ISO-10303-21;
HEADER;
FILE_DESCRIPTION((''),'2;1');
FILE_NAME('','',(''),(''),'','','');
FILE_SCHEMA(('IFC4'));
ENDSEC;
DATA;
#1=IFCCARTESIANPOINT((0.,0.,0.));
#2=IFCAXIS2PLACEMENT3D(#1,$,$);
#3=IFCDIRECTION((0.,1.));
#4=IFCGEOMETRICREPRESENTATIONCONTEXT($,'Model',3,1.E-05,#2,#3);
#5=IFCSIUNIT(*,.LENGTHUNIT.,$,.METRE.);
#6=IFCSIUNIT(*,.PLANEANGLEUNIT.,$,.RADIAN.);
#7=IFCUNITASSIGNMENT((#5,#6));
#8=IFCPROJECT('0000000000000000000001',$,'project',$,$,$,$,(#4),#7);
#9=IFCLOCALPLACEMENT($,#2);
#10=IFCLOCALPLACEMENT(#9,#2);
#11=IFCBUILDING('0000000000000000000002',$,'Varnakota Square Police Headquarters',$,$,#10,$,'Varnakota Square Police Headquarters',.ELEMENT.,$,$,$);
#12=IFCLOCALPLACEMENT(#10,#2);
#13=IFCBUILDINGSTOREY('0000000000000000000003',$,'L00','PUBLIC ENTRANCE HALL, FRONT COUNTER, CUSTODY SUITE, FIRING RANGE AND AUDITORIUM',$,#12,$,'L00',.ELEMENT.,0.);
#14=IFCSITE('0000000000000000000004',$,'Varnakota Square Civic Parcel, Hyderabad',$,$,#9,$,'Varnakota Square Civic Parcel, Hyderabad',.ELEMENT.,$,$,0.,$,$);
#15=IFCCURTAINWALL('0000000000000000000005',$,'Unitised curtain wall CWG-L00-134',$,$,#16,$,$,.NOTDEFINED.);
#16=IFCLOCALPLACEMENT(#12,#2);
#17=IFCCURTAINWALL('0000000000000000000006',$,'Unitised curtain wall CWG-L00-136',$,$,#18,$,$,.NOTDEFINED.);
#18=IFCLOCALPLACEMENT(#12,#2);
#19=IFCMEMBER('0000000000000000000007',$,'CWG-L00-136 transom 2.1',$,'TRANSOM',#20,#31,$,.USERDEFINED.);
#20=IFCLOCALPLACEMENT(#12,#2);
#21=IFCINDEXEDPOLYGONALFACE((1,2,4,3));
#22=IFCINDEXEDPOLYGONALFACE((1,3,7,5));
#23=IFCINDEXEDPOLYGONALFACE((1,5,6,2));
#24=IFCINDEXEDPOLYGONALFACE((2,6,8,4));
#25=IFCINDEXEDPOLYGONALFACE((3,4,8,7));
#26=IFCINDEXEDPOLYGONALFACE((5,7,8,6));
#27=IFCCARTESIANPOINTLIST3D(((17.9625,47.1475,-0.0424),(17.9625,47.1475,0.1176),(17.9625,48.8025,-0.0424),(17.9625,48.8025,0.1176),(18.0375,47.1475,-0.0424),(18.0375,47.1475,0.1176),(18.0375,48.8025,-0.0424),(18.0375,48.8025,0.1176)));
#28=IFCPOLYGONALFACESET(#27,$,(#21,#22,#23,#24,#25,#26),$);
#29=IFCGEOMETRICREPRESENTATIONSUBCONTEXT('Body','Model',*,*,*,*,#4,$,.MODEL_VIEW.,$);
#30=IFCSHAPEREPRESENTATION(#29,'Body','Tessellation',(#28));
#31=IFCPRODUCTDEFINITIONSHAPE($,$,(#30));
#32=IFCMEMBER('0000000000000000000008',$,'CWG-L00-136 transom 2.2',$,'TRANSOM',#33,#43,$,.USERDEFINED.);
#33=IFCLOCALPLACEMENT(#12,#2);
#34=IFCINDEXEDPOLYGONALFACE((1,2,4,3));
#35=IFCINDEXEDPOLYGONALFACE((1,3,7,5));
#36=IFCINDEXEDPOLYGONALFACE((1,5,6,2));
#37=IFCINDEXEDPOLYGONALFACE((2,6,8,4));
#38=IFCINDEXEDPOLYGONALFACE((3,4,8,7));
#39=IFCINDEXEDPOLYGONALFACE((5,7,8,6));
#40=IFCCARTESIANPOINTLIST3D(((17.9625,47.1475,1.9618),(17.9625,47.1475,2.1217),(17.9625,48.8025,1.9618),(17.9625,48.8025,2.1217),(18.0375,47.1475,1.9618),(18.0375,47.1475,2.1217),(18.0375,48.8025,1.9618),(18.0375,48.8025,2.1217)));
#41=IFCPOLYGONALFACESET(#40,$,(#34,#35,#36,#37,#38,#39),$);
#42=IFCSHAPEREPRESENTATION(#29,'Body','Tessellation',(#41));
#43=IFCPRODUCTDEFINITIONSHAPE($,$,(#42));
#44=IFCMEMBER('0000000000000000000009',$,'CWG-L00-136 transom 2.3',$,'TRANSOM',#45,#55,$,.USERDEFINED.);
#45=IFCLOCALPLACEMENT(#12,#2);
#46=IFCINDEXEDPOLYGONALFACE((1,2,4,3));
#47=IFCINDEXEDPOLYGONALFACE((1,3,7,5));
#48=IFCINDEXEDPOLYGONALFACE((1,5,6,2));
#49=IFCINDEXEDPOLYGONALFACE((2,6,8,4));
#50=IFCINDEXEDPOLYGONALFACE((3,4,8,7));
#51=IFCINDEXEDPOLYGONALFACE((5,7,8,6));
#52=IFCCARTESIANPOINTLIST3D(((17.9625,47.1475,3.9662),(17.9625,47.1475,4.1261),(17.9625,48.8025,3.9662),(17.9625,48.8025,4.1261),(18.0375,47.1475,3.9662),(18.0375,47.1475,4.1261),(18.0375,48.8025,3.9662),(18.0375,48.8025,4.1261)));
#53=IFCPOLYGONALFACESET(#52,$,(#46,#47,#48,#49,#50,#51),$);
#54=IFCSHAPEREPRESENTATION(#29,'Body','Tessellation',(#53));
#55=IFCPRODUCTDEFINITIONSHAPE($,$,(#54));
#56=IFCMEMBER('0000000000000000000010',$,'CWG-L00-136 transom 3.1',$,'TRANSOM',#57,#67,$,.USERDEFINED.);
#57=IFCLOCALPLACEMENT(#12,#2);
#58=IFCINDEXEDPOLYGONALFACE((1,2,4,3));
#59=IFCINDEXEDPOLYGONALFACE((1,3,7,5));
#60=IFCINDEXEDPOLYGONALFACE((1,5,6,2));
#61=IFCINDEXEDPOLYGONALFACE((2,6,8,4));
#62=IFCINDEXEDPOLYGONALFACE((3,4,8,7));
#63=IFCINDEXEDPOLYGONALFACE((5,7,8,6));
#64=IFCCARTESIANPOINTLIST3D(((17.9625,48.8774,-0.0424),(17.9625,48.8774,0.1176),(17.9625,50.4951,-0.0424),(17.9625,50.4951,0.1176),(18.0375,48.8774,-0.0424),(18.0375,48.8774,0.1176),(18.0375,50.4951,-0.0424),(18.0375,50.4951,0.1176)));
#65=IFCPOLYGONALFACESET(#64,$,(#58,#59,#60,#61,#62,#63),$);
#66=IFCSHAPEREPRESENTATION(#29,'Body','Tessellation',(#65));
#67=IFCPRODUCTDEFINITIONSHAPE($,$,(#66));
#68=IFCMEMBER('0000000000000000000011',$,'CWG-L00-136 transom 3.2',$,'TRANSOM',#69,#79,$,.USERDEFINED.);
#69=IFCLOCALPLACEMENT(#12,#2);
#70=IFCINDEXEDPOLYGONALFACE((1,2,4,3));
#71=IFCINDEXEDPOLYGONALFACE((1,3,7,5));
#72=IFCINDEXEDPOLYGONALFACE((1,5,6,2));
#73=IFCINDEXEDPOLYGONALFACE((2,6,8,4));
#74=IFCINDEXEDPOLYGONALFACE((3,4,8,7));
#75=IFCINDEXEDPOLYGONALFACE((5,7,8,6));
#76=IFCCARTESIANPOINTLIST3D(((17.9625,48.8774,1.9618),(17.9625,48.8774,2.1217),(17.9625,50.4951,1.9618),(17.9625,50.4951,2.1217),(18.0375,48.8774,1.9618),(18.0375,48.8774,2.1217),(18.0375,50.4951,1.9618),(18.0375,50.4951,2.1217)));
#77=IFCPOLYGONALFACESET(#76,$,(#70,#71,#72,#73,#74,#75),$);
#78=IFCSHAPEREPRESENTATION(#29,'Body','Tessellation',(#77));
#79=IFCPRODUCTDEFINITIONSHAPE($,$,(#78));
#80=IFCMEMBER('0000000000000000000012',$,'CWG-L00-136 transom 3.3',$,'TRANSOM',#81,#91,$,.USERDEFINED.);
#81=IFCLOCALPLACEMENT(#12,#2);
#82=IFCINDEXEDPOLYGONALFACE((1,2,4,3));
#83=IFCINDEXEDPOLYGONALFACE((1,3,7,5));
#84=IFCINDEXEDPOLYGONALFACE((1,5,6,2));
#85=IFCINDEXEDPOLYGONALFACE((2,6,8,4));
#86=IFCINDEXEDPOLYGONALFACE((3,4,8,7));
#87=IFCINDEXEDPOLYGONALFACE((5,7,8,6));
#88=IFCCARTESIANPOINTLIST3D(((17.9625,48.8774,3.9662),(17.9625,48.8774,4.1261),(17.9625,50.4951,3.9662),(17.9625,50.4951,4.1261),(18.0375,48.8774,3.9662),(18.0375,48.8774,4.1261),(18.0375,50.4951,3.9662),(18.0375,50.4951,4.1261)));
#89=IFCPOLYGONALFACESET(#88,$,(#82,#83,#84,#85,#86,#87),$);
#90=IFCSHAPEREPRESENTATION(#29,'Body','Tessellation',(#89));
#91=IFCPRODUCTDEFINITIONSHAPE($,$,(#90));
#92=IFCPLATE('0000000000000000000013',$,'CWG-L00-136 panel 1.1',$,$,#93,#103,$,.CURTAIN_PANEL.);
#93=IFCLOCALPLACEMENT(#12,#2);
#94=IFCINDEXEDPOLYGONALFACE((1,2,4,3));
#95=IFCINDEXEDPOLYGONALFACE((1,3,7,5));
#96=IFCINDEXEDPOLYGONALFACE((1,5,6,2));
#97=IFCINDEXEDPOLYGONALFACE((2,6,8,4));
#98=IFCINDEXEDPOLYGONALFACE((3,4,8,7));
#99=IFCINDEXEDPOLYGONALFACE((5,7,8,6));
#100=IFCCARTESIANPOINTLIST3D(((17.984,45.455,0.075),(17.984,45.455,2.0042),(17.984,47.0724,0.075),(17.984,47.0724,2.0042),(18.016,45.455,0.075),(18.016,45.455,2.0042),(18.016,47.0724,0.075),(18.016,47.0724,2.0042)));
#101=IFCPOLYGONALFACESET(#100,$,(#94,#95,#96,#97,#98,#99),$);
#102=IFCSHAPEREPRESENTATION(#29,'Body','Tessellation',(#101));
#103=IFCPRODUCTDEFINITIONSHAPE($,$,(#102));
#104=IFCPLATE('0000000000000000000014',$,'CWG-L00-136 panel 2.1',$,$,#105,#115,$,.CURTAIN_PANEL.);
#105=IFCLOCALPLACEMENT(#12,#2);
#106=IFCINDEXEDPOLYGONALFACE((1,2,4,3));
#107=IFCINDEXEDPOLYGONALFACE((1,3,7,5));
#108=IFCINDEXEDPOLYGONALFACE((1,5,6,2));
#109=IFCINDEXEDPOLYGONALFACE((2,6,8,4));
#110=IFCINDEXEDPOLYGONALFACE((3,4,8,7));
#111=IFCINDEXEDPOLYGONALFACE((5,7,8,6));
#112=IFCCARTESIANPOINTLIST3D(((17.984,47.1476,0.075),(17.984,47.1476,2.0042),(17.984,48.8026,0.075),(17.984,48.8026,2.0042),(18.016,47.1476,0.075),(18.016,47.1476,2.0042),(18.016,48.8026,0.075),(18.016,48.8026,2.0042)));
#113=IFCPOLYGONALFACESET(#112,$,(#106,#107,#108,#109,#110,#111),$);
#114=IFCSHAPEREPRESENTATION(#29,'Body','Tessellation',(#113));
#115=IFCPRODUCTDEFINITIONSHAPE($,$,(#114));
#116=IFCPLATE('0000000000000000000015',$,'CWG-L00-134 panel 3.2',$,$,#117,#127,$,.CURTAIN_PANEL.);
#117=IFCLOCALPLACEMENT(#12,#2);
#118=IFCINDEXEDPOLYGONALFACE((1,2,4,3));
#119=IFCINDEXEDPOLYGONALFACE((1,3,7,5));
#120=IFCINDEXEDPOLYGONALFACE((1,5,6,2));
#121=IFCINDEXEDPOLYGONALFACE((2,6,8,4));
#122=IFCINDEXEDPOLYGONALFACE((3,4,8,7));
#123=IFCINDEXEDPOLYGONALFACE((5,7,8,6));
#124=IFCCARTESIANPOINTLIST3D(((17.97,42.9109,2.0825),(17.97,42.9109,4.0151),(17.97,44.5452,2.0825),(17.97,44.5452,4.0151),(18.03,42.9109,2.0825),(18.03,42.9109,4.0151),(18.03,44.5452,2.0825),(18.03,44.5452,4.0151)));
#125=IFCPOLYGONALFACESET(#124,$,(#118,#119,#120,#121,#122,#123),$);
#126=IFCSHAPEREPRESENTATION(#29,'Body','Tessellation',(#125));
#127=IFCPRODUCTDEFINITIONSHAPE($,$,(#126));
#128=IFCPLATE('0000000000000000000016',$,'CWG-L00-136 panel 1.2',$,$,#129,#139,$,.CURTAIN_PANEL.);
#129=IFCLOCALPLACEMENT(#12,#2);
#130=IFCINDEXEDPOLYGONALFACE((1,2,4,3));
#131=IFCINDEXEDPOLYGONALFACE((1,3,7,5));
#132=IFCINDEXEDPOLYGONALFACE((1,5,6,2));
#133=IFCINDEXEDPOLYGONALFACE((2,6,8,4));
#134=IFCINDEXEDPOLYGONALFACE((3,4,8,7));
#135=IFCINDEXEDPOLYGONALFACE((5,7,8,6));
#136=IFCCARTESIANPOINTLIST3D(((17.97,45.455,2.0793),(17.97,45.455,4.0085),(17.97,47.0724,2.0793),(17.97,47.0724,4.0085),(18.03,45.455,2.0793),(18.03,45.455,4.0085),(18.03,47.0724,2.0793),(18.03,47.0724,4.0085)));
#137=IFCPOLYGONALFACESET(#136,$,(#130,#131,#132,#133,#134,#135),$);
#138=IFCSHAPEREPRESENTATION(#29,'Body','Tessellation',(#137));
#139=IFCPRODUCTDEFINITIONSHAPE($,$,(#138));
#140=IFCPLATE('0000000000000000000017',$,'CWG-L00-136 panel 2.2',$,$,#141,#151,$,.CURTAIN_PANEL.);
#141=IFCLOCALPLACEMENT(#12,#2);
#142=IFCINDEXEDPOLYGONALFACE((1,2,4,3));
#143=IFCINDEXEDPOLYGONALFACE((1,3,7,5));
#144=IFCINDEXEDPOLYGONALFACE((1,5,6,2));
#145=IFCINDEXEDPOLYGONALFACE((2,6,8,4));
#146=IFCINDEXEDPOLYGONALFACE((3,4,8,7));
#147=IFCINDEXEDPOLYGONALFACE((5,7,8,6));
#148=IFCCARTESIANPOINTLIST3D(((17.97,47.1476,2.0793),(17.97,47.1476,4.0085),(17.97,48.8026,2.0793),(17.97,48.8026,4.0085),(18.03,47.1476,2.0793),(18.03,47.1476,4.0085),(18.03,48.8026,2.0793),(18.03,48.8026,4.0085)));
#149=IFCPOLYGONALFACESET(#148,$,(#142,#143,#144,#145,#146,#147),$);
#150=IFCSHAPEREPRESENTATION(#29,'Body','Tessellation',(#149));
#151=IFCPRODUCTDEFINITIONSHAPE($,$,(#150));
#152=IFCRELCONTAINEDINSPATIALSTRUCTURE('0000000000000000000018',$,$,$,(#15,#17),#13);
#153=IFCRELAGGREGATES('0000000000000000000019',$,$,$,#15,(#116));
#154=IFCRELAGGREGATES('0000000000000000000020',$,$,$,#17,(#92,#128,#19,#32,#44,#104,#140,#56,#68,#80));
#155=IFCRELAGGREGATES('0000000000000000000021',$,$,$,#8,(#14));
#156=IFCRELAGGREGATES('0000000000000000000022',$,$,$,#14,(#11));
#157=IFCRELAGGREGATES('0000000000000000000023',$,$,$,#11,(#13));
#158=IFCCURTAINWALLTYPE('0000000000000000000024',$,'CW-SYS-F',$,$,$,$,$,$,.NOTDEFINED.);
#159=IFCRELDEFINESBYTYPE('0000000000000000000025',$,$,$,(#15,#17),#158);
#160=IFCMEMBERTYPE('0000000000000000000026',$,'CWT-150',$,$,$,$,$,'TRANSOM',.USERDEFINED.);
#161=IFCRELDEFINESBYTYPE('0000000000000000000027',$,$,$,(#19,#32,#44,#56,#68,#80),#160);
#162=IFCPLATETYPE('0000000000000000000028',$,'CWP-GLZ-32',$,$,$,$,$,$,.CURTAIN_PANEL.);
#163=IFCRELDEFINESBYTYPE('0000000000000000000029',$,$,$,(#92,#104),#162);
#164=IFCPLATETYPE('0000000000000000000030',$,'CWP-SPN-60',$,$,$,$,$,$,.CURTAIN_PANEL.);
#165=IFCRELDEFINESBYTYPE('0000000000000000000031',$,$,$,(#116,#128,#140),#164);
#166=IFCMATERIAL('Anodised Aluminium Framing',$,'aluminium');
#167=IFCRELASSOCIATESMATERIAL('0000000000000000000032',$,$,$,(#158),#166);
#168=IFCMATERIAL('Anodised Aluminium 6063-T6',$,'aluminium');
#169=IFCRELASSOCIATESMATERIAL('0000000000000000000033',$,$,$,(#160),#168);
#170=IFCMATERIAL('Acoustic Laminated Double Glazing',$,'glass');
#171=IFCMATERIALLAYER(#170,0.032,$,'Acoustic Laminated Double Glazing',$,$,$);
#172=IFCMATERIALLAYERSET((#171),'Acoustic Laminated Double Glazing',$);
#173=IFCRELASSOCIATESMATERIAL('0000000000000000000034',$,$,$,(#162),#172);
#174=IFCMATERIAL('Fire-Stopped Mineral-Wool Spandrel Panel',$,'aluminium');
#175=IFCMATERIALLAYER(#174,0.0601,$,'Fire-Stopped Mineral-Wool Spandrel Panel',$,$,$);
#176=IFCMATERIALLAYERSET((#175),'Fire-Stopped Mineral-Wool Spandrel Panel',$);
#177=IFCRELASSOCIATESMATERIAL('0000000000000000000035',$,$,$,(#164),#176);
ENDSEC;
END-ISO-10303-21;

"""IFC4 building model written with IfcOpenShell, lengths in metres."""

from ifc_helpers import new_model, si_unit, direction, frame, origin, origin_2d, place, context, subcontext, project, spatial, rectangle, extrude, material, layer, layer_set, material_profile, profile_set, type_object, element, aggregate, save


model = new_model("IFC4")

# Units and contexts
model_context = context("Model", 3, precision=1e-05, world=origin(), true_north=direction((0.0, 1.0)))
body_context = subcontext(model_context, "Body", "Model", "MODEL_VIEW")
ifc_project = project(units=[si_unit("LENGTHUNIT", "METRE"), si_unit("PLANEANGLEUNIT", "RADIAN")], contexts=[model_context])

# Site, building, storey
site_placement = place(None, origin())
site = spatial("IfcSite", under=ifc_project, at=site_placement, Name="Varnakota Square Civic Parcel, Hyderabad", LongName="Varnakota Square Civic Parcel, Hyderabad", CompositionType="ELEMENT", RefElevation=0.0)
building_placement = place(site_placement, origin())
building = spatial("IfcBuilding", under=site, at=building_placement, Name="Varnakota Square Police Headquarters", LongName="Varnakota Square Police Headquarters", CompositionType="ELEMENT")
storey_placement = place(building_placement, origin())
storey = spatial("IfcBuildingStorey", under=building, at=storey_placement, Name="L00", Description="PUBLIC ENTRANCE HALL, FRONT COUNTER, CUSTODY SUITE, FIRING RANGE AND AUDITORIUM", LongName="L00", CompositionType="ELEMENT", Elevation=0.0)

# Curtain wall
ifc_material_1 = material(Name="Anodised Aluminium Framing", Category="aluminium")
curtain_wall_type = type_object("IfcCurtainWallType", Name="CW-SYS-F", PredefinedType="NOTDEFINED", material=ifc_material_1)
curtain_wall_1_placement = place(storey_placement, origin())
curtain_wall_1 = element("IfcCurtainWall", 1, at=curtain_wall_1_placement, inside=storey, type_object=curtain_wall_type, Name="Unitised curtain wall CWG-L00-134", PredefinedType="NOTDEFINED")
ifc_material_2 = material(Name="Anodised Aluminium 6063-T6", Category="aluminium")

# Curtain wall, members, plates
curtain_wall_2_placement = place(storey_placement, origin())
curtain_wall_2 = element("IfcCurtainWall", 2, at=curtain_wall_2_placement, inside=storey, type_object=curtain_wall_type, Name="Unitised curtain wall CWG-L00-136", PredefinedType="NOTDEFINED")
ifc_material_profile_1 = material_profile(ifc_material_2, rectangle(XDim=0.075, YDim=0.1599, at=origin_2d()), Name="ALU TRANSOM 75x160")
ifc_profile_set_1 = profile_set([ifc_material_profile_1], Name="Anodised Aluminium 6063-T6")
member_type_1 = type_object("IfcMemberType", Name="CWT-150", ElementType="TRANSOM", PredefinedType="USERDEFINED", material=ifc_profile_set_1)
member_1_placement = place(storey_placement, frame((18.0, 47.1475, 0.0376), z_axis=(0.0, 1.0, 0.0), x_axis=(-1.0, 0.0, 0.0)))
member_1 = element("IfcMember", 3, at=member_1_placement, type_object=member_type_1, Name="CWG-L00-136 transom 2.1", ObjectType="TRANSOM", PredefinedType="USERDEFINED", context=body_context, shape_type="SweptSolid", body=[
    extrude(rectangle(XDim=0.075, YDim=0.1599, at=origin_2d()), origin(), (0.0, 0.0, 1.0), 1.655),
])
member_2_placement = place(storey_placement, frame((18.0, 47.1475, 2.0417), z_axis=(0.0, 1.0, 0.0), x_axis=(-1.0, 0.0, 0.0)))
member_2 = element("IfcMember", 4, at=member_2_placement, type_object=member_type_1, Name="CWG-L00-136 transom 2.2", ObjectType="TRANSOM", PredefinedType="USERDEFINED", context=body_context, shape_type="SweptSolid", body=[
    extrude(rectangle(XDim=0.075, YDim=0.1599, at=origin_2d()), origin(), (0.0, 0.0, 1.0), 1.655),
])
member_3_placement = place(storey_placement, frame((18.0, 47.1475, 4.0461), z_axis=(0.0, 1.0, 0.0), x_axis=(-1.0, 0.0, 0.0)))
member_3 = element("IfcMember", 5, at=member_3_placement, type_object=member_type_1, Name="CWG-L00-136 transom 2.3", ObjectType="TRANSOM", PredefinedType="USERDEFINED", context=body_context, shape_type="SweptSolid", body=[
    extrude(rectangle(XDim=0.075, YDim=0.1599, at=origin_2d()), origin(), (0.0, 0.0, 1.0), 1.655),
])
member_4_placement = place(storey_placement, frame((18.0, 48.8774, 0.0376), z_axis=(0.0, 1.0, 0.0), x_axis=(-1.0, 0.0, 0.0)))
member_4 = element("IfcMember", 6, at=member_4_placement, type_object=member_type_1, Name="CWG-L00-136 transom 3.1", ObjectType="TRANSOM", PredefinedType="USERDEFINED", context=body_context, shape_type="SweptSolid", body=[
    extrude(rectangle(XDim=0.075, YDim=0.1599, at=origin_2d()), origin(), (0.0, 0.0, 1.0), 1.6177),
])
member_5_placement = place(storey_placement, frame((18.0, 48.8774, 2.0417), z_axis=(0.0, 1.0, 0.0), x_axis=(-1.0, 0.0, 0.0)))
member_5 = element("IfcMember", 7, at=member_5_placement, type_object=member_type_1, Name="CWG-L00-136 transom 3.2", ObjectType="TRANSOM", PredefinedType="USERDEFINED", context=body_context, shape_type="SweptSolid", body=[
    extrude(rectangle(XDim=0.075, YDim=0.1599, at=origin_2d()), origin(), (0.0, 0.0, 1.0), 1.6177),
])
member_6_placement = place(storey_placement, frame((18.0, 48.8774, 4.0461), z_axis=(0.0, 1.0, 0.0), x_axis=(-1.0, 0.0, 0.0)))
member_6 = element("IfcMember", 8, at=member_6_placement, type_object=member_type_1, Name="CWG-L00-136 transom 3.3", ObjectType="TRANSOM", PredefinedType="USERDEFINED", context=body_context, shape_type="SweptSolid", body=[
    extrude(rectangle(XDim=0.075, YDim=0.1599, at=origin_2d()), origin(), (0.0, 0.0, 1.0), 1.6177),
])
ifc_material_3 = material(Name="Acoustic Laminated Double Glazing", Category="glass")
ifc_layer_1 = layer(ifc_material_3, 0.032, Name="Acoustic Laminated Double Glazing")
ifc_layer_set_1 = layer_set([ifc_layer_1], Name="Acoustic Laminated Double Glazing")
plate_type_1 = type_object("IfcPlateType", Name="CWP-GLZ-32", PredefinedType="CURTAIN_PANEL", material=ifc_layer_set_1)
plate_1_placement = place(storey_placement, frame((18.0, 46.2637, 0.075), z_axis=(0.0, 0.0, 1.0), x_axis=(0.0, 1.0, 0.0)))
plate_1 = element("IfcPlate", 9, at=plate_1_placement, type_object=plate_type_1, Name="CWG-L00-136 panel 1.1", PredefinedType="CURTAIN_PANEL", context=body_context, shape_type="SweptSolid", body=[
    extrude(rectangle(XDim=1.6174, YDim=0.032, at=origin_2d()), origin(), (0.0, 0.0, 1.0), 1.9292),
])
plate_2_placement = place(storey_placement, frame((18.0, 47.9751, 0.075), z_axis=(0.0, 0.0, 1.0), x_axis=(0.0, 1.0, 0.0)))
plate_2 = element("IfcPlate", 10, at=plate_2_placement, type_object=plate_type_1, Name="CWG-L00-136 panel 2.1", PredefinedType="CURTAIN_PANEL", context=body_context, shape_type="SweptSolid", body=[
    extrude(rectangle(XDim=1.655, YDim=0.032, at=origin_2d()), origin(), (0.0, 0.0, 1.0), 1.9292),
])

# Plates
ifc_material_4 = material(Name="Fire-Stopped Mineral-Wool Spandrel Panel", Category="aluminium")
ifc_layer_2 = layer(ifc_material_4, 0.0601, Name="Fire-Stopped Mineral-Wool Spandrel Panel")
ifc_layer_set_2 = layer_set([ifc_layer_2], Name="Fire-Stopped Mineral-Wool Spandrel Panel")
plate_type_2 = type_object("IfcPlateType", Name="CWP-SPN-60", PredefinedType="CURTAIN_PANEL", material=ifc_layer_set_2)
plate_3_placement = place(storey_placement, frame((18.0, 43.728, 2.0825), z_axis=(0.0, 0.0, 1.0), x_axis=(0.0, 1.0, 0.0)))
plate_3 = element("IfcPlate", 11, at=plate_3_placement, type_object=plate_type_2, Name="CWG-L00-134 panel 3.2", PredefinedType="CURTAIN_PANEL", context=body_context, shape_type="SweptSolid", body=[
    extrude(rectangle(XDim=1.6343, YDim=0.0601, at=origin_2d()), origin(), (0.0, 0.0, 1.0), 1.9326),
])
aggregate(curtain_wall_1, [plate_3])
plate_4_placement = place(storey_placement, frame((18.0, 46.2637, 2.0793), z_axis=(0.0, 0.0, 1.0), x_axis=(0.0, 1.0, 0.0)))
plate_4 = element("IfcPlate", 12, at=plate_4_placement, type_object=plate_type_2, Name="CWG-L00-136 panel 1.2", PredefinedType="CURTAIN_PANEL", context=body_context, shape_type="SweptSolid", body=[
    extrude(rectangle(XDim=1.6174, YDim=0.0601, at=origin_2d()), origin(), (0.0, 0.0, 1.0), 1.9292),
])
plate_5_placement = place(storey_placement, frame((18.0, 47.9751, 2.0793), z_axis=(0.0, 0.0, 1.0), x_axis=(0.0, 1.0, 0.0)))
plate_5 = element("IfcPlate", 13, at=plate_5_placement, type_object=plate_type_2, Name="CWG-L00-136 panel 2.2", PredefinedType="CURTAIN_PANEL", context=body_context, shape_type="SweptSolid", body=[
    extrude(rectangle(XDim=1.655, YDim=0.0601, at=origin_2d()), origin(), (0.0, 0.0, 1.0), 1.9292),
])
aggregate(curtain_wall_2, [plate_1, plate_4, member_1, member_2, member_3, plate_2, plate_5, member_4, member_5, member_6])

save(model, "model.ifc")
